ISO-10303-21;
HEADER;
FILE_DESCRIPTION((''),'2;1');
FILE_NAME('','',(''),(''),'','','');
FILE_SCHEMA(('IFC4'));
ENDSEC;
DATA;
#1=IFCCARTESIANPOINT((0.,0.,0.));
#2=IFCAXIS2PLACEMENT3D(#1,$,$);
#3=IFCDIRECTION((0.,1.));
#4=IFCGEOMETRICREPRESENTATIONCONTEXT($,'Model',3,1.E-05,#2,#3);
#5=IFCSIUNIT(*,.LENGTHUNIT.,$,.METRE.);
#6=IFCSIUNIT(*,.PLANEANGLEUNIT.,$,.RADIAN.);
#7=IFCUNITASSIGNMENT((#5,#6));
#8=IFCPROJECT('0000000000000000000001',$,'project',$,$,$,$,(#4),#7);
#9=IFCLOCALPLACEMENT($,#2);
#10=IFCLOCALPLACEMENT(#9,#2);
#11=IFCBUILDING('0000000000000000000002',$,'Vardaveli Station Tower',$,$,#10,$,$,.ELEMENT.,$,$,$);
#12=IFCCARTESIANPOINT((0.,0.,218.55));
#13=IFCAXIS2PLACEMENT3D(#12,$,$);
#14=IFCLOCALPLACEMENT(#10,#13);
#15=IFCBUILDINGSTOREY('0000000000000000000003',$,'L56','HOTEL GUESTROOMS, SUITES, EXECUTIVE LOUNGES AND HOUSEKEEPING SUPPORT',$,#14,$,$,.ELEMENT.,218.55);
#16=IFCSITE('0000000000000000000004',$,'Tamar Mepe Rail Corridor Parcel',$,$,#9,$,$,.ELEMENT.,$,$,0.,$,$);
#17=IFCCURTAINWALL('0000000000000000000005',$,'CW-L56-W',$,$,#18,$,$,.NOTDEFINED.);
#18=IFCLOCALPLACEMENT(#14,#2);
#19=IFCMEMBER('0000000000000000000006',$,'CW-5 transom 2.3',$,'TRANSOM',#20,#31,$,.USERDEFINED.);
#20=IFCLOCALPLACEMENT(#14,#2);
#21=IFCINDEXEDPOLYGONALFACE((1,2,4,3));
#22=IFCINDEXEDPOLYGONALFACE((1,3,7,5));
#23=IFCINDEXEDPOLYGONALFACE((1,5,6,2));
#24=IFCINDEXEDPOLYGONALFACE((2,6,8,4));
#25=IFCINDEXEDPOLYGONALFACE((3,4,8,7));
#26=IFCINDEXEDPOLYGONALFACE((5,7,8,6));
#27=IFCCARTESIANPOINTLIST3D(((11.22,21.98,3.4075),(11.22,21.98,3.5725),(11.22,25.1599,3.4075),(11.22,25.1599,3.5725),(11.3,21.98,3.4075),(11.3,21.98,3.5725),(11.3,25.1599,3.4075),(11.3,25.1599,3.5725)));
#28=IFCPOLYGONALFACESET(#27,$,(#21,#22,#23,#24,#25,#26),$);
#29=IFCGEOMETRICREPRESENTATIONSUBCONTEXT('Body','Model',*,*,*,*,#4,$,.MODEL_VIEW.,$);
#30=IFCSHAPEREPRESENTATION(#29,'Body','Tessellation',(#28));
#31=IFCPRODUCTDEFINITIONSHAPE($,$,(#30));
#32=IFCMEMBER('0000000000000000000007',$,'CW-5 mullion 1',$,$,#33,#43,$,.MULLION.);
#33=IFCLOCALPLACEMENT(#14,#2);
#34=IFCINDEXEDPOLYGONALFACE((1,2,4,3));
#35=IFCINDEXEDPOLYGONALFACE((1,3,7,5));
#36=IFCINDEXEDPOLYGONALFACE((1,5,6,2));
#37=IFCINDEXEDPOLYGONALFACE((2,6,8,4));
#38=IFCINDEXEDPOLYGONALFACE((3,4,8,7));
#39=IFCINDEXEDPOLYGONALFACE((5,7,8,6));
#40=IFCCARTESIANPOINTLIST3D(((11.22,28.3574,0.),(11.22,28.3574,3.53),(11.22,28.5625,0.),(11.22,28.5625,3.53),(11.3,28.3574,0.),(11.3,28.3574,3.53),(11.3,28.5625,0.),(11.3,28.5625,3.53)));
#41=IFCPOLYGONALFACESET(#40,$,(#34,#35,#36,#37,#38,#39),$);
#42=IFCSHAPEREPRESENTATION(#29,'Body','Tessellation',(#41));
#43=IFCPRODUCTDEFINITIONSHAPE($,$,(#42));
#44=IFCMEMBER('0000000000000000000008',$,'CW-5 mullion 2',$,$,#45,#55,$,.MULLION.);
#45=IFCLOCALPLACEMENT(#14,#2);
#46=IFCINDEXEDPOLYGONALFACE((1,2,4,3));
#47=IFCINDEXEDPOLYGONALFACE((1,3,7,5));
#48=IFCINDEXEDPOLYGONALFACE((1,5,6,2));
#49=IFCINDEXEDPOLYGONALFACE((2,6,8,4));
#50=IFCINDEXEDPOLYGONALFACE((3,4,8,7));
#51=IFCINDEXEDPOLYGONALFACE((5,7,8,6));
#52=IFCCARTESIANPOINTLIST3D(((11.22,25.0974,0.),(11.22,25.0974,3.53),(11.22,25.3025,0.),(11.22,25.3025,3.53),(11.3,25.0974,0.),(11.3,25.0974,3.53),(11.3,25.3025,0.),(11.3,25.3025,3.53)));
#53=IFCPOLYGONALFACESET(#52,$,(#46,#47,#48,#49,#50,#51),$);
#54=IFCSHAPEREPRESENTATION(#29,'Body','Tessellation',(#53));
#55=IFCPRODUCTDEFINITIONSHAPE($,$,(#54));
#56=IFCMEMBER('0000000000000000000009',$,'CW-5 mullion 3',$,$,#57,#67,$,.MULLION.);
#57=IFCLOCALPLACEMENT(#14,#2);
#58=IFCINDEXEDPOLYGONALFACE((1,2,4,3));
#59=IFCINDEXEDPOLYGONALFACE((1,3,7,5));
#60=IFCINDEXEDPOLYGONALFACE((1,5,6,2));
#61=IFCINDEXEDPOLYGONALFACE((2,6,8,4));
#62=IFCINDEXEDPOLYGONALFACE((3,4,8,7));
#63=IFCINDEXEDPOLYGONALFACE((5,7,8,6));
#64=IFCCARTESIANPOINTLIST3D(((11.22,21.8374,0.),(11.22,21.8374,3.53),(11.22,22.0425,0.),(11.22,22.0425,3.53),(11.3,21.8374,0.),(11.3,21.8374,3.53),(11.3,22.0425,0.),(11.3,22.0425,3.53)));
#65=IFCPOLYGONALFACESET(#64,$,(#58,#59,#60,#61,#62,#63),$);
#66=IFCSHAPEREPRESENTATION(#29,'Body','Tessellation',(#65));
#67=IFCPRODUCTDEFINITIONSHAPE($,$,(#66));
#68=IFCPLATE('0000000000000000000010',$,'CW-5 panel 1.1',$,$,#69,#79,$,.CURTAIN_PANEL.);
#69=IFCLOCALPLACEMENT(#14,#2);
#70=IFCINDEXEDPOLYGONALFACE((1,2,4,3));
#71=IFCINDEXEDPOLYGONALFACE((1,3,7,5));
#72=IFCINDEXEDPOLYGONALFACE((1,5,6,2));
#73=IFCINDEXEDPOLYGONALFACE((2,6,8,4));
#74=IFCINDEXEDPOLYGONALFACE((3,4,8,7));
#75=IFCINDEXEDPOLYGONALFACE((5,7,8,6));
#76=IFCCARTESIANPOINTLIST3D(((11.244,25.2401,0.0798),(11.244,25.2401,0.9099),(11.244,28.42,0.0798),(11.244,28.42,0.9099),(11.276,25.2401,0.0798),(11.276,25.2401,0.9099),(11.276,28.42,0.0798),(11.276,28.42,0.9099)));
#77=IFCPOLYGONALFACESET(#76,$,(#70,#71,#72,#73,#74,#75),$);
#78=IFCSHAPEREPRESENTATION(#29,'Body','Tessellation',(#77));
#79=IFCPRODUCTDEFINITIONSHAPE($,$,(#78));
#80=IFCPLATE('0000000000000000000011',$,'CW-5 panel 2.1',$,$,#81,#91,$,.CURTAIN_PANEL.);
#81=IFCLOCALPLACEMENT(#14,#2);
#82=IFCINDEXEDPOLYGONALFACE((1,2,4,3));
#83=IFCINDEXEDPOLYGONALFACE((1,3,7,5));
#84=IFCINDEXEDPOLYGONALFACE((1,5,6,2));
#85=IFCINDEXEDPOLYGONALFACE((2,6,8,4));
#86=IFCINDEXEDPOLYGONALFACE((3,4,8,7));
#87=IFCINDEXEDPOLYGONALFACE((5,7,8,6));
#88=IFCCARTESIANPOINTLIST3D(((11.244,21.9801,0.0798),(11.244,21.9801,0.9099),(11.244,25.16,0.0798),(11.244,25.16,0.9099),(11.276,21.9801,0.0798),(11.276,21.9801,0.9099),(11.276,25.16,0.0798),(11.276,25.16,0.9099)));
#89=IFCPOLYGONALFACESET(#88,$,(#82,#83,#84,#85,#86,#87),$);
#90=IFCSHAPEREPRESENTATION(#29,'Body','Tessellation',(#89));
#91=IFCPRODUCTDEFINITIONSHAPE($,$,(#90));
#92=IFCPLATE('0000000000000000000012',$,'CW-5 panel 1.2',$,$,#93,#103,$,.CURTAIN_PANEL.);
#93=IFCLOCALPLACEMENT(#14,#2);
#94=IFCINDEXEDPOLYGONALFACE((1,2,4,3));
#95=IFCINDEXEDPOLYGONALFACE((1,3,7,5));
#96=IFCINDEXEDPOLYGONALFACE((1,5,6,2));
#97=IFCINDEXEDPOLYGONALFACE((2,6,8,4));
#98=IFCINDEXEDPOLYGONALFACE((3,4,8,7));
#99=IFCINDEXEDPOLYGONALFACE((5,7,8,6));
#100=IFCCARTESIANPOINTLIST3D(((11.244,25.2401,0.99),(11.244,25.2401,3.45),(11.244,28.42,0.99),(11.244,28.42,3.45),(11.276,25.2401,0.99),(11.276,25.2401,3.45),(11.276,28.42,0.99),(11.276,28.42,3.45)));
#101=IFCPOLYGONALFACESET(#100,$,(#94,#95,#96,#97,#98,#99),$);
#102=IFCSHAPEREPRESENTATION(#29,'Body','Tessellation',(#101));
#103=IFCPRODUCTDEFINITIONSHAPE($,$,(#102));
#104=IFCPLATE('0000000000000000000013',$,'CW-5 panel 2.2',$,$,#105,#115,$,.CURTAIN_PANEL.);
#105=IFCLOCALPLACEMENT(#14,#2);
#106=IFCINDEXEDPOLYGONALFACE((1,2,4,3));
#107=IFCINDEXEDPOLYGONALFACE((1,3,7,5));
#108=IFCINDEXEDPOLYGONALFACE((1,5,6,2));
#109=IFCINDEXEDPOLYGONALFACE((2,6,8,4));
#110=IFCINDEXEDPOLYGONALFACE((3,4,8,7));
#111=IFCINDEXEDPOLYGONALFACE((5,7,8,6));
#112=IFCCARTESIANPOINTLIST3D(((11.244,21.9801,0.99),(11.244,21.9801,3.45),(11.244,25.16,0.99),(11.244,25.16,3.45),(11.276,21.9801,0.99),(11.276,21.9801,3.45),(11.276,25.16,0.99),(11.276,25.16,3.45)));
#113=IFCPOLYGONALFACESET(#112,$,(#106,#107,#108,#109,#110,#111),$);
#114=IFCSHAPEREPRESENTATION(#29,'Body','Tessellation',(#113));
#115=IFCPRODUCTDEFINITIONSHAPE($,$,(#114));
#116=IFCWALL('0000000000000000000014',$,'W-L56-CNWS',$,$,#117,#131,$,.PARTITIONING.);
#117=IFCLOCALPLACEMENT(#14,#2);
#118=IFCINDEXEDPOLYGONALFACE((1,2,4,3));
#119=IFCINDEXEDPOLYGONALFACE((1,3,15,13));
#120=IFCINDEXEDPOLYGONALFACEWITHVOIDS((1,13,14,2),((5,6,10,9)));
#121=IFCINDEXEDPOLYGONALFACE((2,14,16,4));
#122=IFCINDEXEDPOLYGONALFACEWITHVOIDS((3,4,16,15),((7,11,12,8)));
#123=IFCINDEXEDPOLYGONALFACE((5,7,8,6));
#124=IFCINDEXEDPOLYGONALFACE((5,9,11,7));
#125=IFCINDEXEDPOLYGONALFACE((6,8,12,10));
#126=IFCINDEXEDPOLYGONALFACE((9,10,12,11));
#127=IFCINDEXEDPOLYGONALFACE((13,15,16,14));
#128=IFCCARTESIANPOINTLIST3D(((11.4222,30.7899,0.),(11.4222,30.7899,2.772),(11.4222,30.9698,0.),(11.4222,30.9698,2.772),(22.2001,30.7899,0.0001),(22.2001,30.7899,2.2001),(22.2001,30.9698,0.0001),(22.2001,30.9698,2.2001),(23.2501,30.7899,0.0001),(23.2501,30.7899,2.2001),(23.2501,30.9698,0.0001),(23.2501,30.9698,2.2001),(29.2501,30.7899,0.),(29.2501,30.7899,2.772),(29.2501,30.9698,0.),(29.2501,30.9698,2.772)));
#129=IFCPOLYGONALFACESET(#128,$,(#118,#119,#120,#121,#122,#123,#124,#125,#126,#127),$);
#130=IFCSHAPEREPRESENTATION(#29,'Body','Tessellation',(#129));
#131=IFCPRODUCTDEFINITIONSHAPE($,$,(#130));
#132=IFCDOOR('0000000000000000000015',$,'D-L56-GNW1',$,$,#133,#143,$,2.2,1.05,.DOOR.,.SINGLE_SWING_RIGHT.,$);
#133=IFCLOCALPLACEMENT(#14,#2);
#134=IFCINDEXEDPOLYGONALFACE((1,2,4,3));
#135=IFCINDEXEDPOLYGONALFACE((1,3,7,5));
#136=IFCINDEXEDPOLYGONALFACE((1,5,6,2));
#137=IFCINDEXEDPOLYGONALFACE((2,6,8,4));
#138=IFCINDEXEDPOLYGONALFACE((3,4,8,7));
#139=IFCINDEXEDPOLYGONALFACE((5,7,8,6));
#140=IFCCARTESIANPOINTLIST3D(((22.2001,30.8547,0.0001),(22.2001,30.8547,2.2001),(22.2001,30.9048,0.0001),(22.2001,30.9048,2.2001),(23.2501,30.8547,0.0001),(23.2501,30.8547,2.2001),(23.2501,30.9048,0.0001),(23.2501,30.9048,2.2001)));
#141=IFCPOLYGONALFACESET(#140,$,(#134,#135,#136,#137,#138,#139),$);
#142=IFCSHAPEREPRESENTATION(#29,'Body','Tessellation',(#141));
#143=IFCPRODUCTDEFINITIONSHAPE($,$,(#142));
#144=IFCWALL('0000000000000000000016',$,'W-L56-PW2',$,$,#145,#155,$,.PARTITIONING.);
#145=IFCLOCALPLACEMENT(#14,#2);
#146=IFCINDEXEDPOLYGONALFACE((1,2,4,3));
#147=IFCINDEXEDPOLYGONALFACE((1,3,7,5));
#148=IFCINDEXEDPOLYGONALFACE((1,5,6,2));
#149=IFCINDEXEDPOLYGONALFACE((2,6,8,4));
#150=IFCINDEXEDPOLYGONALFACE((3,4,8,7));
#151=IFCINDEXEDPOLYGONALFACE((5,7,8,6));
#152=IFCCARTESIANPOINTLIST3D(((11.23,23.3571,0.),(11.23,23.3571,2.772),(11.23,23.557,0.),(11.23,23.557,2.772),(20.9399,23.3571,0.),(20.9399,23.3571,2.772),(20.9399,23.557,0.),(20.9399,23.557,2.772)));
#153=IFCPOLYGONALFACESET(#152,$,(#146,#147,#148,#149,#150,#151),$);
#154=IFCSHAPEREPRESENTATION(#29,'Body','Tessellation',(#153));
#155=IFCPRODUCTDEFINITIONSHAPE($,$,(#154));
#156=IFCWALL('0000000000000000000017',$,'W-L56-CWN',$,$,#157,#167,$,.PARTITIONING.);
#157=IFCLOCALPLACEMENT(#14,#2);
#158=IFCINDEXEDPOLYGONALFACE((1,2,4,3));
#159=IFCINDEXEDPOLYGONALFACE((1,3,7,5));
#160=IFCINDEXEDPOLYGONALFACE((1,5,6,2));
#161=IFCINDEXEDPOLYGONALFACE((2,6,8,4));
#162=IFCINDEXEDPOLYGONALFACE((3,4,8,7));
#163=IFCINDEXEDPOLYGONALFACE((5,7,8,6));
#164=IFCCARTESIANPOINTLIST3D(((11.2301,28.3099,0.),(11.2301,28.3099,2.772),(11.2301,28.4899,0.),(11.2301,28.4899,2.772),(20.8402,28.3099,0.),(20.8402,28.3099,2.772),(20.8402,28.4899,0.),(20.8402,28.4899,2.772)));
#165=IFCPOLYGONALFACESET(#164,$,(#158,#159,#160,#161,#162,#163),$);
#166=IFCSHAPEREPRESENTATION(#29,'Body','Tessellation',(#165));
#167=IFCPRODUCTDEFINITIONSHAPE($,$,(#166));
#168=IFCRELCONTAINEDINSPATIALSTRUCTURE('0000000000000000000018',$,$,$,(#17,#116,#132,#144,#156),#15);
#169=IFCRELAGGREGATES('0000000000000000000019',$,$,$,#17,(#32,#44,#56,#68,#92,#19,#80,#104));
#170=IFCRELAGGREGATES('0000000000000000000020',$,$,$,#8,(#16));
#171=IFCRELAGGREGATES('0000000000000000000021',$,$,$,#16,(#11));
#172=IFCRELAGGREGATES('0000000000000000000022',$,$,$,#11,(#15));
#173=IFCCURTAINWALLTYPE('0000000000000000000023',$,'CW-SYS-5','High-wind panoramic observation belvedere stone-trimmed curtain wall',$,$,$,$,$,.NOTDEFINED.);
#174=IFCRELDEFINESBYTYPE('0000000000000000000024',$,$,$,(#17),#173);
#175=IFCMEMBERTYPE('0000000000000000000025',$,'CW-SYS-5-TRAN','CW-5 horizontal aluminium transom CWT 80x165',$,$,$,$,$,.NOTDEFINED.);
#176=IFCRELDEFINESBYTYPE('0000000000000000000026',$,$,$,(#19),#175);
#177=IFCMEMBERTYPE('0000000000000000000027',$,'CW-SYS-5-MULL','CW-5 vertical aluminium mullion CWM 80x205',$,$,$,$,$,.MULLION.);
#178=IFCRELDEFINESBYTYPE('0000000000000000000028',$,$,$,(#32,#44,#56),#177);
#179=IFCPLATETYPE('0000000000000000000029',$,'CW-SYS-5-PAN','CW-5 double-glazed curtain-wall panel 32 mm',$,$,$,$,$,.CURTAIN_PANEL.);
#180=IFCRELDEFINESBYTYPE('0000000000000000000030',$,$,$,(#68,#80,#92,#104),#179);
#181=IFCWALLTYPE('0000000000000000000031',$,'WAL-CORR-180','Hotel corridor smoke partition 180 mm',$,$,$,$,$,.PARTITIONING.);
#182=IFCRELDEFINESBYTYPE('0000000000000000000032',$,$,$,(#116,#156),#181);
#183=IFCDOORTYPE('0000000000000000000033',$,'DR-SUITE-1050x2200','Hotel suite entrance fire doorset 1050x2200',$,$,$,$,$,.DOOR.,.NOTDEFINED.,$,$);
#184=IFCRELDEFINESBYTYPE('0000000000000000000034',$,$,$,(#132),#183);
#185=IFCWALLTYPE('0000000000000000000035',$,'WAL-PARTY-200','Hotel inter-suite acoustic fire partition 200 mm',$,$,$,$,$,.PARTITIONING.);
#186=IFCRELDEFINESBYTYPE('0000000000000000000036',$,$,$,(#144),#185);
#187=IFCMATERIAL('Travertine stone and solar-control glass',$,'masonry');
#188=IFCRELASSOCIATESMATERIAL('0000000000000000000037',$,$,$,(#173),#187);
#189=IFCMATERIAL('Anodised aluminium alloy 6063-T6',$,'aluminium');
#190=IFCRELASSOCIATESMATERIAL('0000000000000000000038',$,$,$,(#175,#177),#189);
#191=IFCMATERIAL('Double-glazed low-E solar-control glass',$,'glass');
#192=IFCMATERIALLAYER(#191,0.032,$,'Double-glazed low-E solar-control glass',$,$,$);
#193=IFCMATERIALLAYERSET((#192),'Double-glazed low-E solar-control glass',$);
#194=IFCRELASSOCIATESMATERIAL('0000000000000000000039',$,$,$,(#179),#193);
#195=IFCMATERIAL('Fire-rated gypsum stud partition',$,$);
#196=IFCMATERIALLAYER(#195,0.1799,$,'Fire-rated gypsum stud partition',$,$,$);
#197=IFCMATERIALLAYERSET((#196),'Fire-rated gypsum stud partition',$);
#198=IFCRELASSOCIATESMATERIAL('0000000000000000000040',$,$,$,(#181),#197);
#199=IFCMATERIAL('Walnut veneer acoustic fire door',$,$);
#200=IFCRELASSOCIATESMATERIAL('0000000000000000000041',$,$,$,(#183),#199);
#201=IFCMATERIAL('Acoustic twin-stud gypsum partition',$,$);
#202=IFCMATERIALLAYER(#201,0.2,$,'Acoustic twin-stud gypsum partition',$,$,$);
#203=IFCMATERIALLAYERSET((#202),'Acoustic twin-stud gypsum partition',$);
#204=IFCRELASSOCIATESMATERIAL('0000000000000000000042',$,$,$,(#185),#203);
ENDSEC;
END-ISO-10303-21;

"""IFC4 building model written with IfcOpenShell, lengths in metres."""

from ifc_helpers import new_model, si_unit, direction, frame, frame_2d, origin, origin_2d, place, context, subcontext, project, spatial, rectangle, extrude, source, transform, mapped, material, layer, layer_set, material_profile, profile_set, type_object, element, fill, aggregate, save


model = new_model("IFC4")

# Units and contexts
model_context = context("Model", 3, precision=1e-05, world=origin(), true_north=direction((0.0, 1.0)))
body_context = subcontext(model_context, "Body", "Model", "MODEL_VIEW")
ifc_project = project(units=[si_unit("LENGTHUNIT", "METRE"), si_unit("PLANEANGLEUNIT", "RADIAN")], contexts=[model_context])

# Site, building, storey
site_placement = place(None, origin())
site = spatial("IfcSite", under=ifc_project, at=site_placement, Name="Tamar Mepe Rail Corridor Parcel", CompositionType="ELEMENT", RefElevation=0.0)
building_placement = place(site_placement, origin())
building = spatial("IfcBuilding", under=site, at=building_placement, Name="Vardaveli Station Tower", CompositionType="ELEMENT")
storey_placement = place(building_placement, frame((0.0, 0.0, 218.55)))
storey = spatial("IfcBuildingStorey", under=building, at=storey_placement, Name="L56", Description="HOTEL GUESTROOMS, SUITES, EXECUTIVE LOUNGES AND HOUSEKEEPING SUPPORT", CompositionType="ELEMENT", Elevation=218.55)

# Curtain wall, members, plates
ifc_material_1 = material(Name="Travertine stone and solar-control glass", Category="masonry")
curtain_wall_type = type_object("IfcCurtainWallType", Name="CW-SYS-5", Description="High-wind panoramic observation belvedere stone-trimmed curtain wall", PredefinedType="NOTDEFINED", material=ifc_material_1)
curtain_wall_placement = place(storey_placement, origin())
curtain_wall = element("IfcCurtainWall", 1, at=curtain_wall_placement, inside=storey, type_object=curtain_wall_type, Name="CW-L56-W", PredefinedType="NOTDEFINED")
ifc_material_2 = material(Name="Anodised aluminium alloy 6063-T6", Category="aluminium")
ifc_material_profile_1 = material_profile(ifc_material_2, rectangle(XDim=0.0801, YDim=0.165, at=origin_2d()), Name="CWT 80x165")
ifc_profile_set_1 = profile_set([ifc_material_profile_1], Name="Anodised aluminium alloy 6063-T6")
member_type_1 = type_object("IfcMemberType", Name="CW-SYS-5-TRAN", Description="CW-5 horizontal aluminium transom CWT 80x165", PredefinedType="NOTDEFINED", material=ifc_profile_set_1)
shared_shape_1 = source(origin(), body_context, "Body", "SweptSolid", [
    extrude(rectangle(XDim=0.0801, YDim=0.165, at=origin_2d()), origin(), (0.0, 0.0, 1.0), 3.1799),
])
member_1_placement = place(storey_placement, frame((11.26, 25.1599, 3.49), z_axis=(0.0, -1.0, 0.0), x_axis=(1.0, 0.0, 0.0)))
member_1 = element("IfcMember", 2, at=member_1_placement, type_object=member_type_1, Name="CW-5 transom 2.3", ObjectType="TRANSOM", PredefinedType="USERDEFINED", context=body_context, shape_type="MappedRepresentation", body=[
    mapped(shared_shape_1, transform((0.0, 0.0, 0.0), scale=1.0)),
])
ifc_material_profile_2 = material_profile(ifc_material_2, rectangle(XDim=0.0801, YDim=0.2051, at=origin_2d()), Name="CWM 80x205")
ifc_profile_set_2 = profile_set([ifc_material_profile_2], Name="Anodised aluminium alloy 6063-T6")
member_type_2 = type_object("IfcMemberType", Name="CW-SYS-5-MULL", Description="CW-5 vertical aluminium mullion CWM 80x205", PredefinedType="MULLION", material=ifc_profile_set_2)
shared_shape_2 = source(origin(), body_context, "Body", "SweptSolid", [
    extrude(rectangle(XDim=0.0801, YDim=0.2051, at=origin_2d()), origin(), (0.0, 0.0, 1.0), 3.53),
])
member_2_placement = place(storey_placement, frame((11.26, 28.46, 0.0), z_axis=(0.0, 0.0, 1.0), x_axis=(1.0, 0.0, 0.0)))
member_2 = element("IfcMember", 3, at=member_2_placement, type_object=member_type_2, Name="CW-5 mullion 1", PredefinedType="MULLION", context=body_context, shape_type="MappedRepresentation", body=[
    mapped(shared_shape_2, transform((0.0, 0.0, 0.0), scale=1.0)),
])
member_3_placement = place(storey_placement, frame((11.26, 25.2, 0.0), z_axis=(0.0, 0.0, 1.0), x_axis=(1.0, 0.0, 0.0)))
member_3 = element("IfcMember", 4, at=member_3_placement, type_object=member_type_2, Name="CW-5 mullion 2", PredefinedType="MULLION", context=body_context, shape_type="MappedRepresentation", body=[
    mapped(shared_shape_2, transform((0.0, 0.0, 0.0), scale=1.0)),
])
member_4_placement = place(storey_placement, frame((11.26, 21.9399, 0.0), z_axis=(0.0, 0.0, 1.0), x_axis=(1.0, 0.0, 0.0)))
member_4 = element("IfcMember", 5, at=member_4_placement, type_object=member_type_2, Name="CW-5 mullion 3", PredefinedType="MULLION", context=body_context, shape_type="MappedRepresentation", body=[
    mapped(shared_shape_2, transform((0.0, 0.0, 0.0), scale=1.0)),
])
ifc_material_3 = material(Name="Double-glazed low-E solar-control glass", Category="glass")
ifc_layer_1 = layer(ifc_material_3, 0.032, Name="Double-glazed low-E solar-control glass")
ifc_layer_set_1 = layer_set([ifc_layer_1], Name="Double-glazed low-E solar-control glass")
plate_type = type_object("IfcPlateType", Name="CW-SYS-5-PAN", Description="CW-5 double-glazed curtain-wall panel 32 mm", PredefinedType="CURTAIN_PANEL", material=ifc_layer_set_1)
shared_shape_3 = source(origin(), body_context, "Body", "SweptSolid", [
    extrude(rectangle(XDim=3.1799, YDim=0.032, at=origin_2d()), origin(), (0.0, 0.0, 1.0), 0.8301),
])
plate_1_placement = place(storey_placement, frame((11.26, 26.8301, 0.0798), z_axis=(0.0, 0.0, 1.0), x_axis=(0.0, -1.0, 0.0)))
plate_1 = element("IfcPlate", 6, at=plate_1_placement, type_object=plate_type, Name="CW-5 panel 1.1", PredefinedType="CURTAIN_PANEL", context=body_context, shape_type="MappedRepresentation", body=[
    mapped(shared_shape_3, transform((0.0, 0.0, 0.0), scale=1.0)),
])
plate_2_placement = place(storey_placement, frame((11.26, 23.5701, 0.0798), z_axis=(0.0, 0.0, 1.0), x_axis=(0.0, -1.0, 0.0)))
plate_2 = element("IfcPlate", 7, at=plate_2_placement, type_object=plate_type, Name="CW-5 panel 2.1", PredefinedType="CURTAIN_PANEL", context=body_context, shape_type="MappedRepresentation", body=[
    mapped(shared_shape_3, transform((0.0, 0.0, 0.0), scale=1.0)),
])
shared_shape_4 = source(origin(), body_context, "Body", "SweptSolid", [
    extrude(rectangle(XDim=3.1799, YDim=0.032, at=origin_2d()), origin(), (0.0, 0.0, 1.0), 2.46),
])
plate_3_placement = place(storey_placement, frame((11.26, 26.8301, 0.99), z_axis=(0.0, 0.0, 1.0), x_axis=(0.0, -1.0, 0.0)))
plate_3 = element("IfcPlate", 8, at=plate_3_placement, type_object=plate_type, Name="CW-5 panel 1.2", PredefinedType="CURTAIN_PANEL", context=body_context, shape_type="MappedRepresentation", body=[
    mapped(shared_shape_4, transform((0.0, 0.0, 0.0), scale=1.0)),
])
plate_4_placement = place(storey_placement, frame((11.26, 23.5701, 0.99), z_axis=(0.0, 0.0, 1.0), x_axis=(0.0, -1.0, 0.0)))
plate_4 = element("IfcPlate", 9, at=plate_4_placement, type_object=plate_type, Name="CW-5 panel 2.2", PredefinedType="CURTAIN_PANEL", context=body_context, shape_type="MappedRepresentation", body=[
    mapped(shared_shape_4, transform((0.0, 0.0, 0.0), scale=1.0)),
])
aggregate(curtain_wall, [member_2, member_3, member_4, plate_1, plate_3, member_1, plate_2, plate_4])

# Wall, opening, door
ifc_material_4 = material(Name="Fire-rated gypsum stud partition")
ifc_layer_2 = layer(ifc_material_4, 0.1799, Name="Fire-rated gypsum stud partition")
ifc_layer_set_2 = layer_set([ifc_layer_2], Name="Fire-rated gypsum stud partition")
wall_type_1 = type_object("IfcWallType", Name="WAL-CORR-180", Description="Hotel corridor smoke partition 180 mm", PredefinedType="PARTITIONING", material=ifc_layer_set_2)
shared_shape_5 = source(origin(), body_context, "Body", "SweptSolid", [
    extrude(rectangle(XDim=17.8279, YDim=0.1799, at=frame_2d((8.9141, 0.0))), origin(), (0.0, 0.0, 1.0), 2.772),
])
wall_1_placement = place(storey_placement, frame((11.4221, 30.8799, 0.0), z_axis=(0.0, 0.0, 1.0), x_axis=(1.0, 0.0, 0.0)))
wall_1 = element("IfcWall", 10, at=wall_1_placement, inside=storey, type_object=wall_type_1, Name="W-L56-CNWS", PredefinedType="PARTITIONING", context=body_context, shape_type="MappedRepresentation", body=[
    mapped(shared_shape_5, transform((0.0, 0.0, 0.0), scale=1.0)),
])
shared_shape_6 = source(origin(), body_context, "Body", "SweptSolid", [
    extrude(rectangle(XDim=1.05, YDim=2.2, at=frame_2d((0.5249, 1.1001))), frame((0.0, 0.1001, 0.0), z_axis=(0.0, -1.0, 0.0), x_axis=(1.0, 0.0, 0.0)), (0.0, 0.0, 1.0), 0.2),
])
opening_placement = place(wall_1_placement, frame((10.7781, 0.0, 0.0)))
opening = element("IfcOpeningElement", 11, at=opening_placement, cuts=wall_1, PredefinedType="OPENING", context=body_context, shape_type="MappedRepresentation", body=[
    mapped(shared_shape_6, transform((0.0, 0.0, 0.0), scale=1.0)),
])
ifc_material_5 = material(Name="Walnut veneer acoustic fire door")
door_type = type_object("IfcDoorType", Name="DR-SUITE-1050x2200", Description="Hotel suite entrance fire doorset 1050x2200", OperationType="NOTDEFINED", PredefinedType="DOOR", material=ifc_material_5)
shared_shape_7 = source(origin(), body_context, "Body", "SweptSolid", [
    extrude(rectangle(XDim=1.05, YDim=2.2, at=frame_2d((0.5249, 1.1001))), frame((0.0, 0.0249, 0.0), z_axis=(0.0, -1.0, 0.0), x_axis=(1.0, 0.0, 0.0)), (0.0, 0.0, 1.0), 0.05),
])
door_placement = place(opening_placement, origin())
door = element("IfcDoor", 12, at=door_placement, inside=storey, type_object=door_type, Name="D-L56-GNW1", OperationType="SINGLE_SWING_RIGHT", OverallHeight=2.2, OverallWidth=1.05, PredefinedType="DOOR", context=body_context, shape_type="MappedRepresentation", body=[
    mapped(shared_shape_7, transform((0.0, 0.0, 0.0), scale=1.0)),
])
fill(opening, door)

# Walls
ifc_material_6 = material(Name="Acoustic twin-stud gypsum partition")
ifc_layer_3 = layer(ifc_material_6, 0.2, Name="Acoustic twin-stud gypsum partition")
ifc_layer_set_3 = layer_set([ifc_layer_3], Name="Acoustic twin-stud gypsum partition")
wall_type_2 = type_object("IfcWallType", Name="WAL-PARTY-200", Description="Hotel inter-suite acoustic fire partition 200 mm", PredefinedType="PARTITIONING", material=ifc_layer_set_3)
shared_shape_8 = source(origin(), body_context, "Body", "SweptSolid", [
    extrude(rectangle(XDim=9.71, YDim=0.2, at=frame_2d((4.855, 0.0))), origin(), (0.0, 0.0, 1.0), 2.772),
])
wall_2_placement = place(storey_placement, frame((11.23, 23.457, 0.0), z_axis=(0.0, 0.0, 1.0), x_axis=(1.0, 0.0, 0.0)))
element("IfcWall", 13, at=wall_2_placement, inside=storey, type_object=wall_type_2, Name="W-L56-PW2", PredefinedType="PARTITIONING", context=body_context, shape_type="MappedRepresentation", body=[
    mapped(shared_shape_8, transform((0.0, 0.0, 0.0), scale=1.0)),
])
shared_shape_9 = source(origin(), body_context, "Body", "SweptSolid", [
    extrude(rectangle(XDim=9.6101, YDim=0.1799, at=frame_2d((4.8052, 0.0))), origin(), (0.0, 0.0, 1.0), 2.772),
])
wall_3_placement = place(storey_placement, frame((11.23, 28.3999, 0.0), z_axis=(0.0, 0.0, 1.0), x_axis=(1.0, 0.0, 0.0)))
element("IfcWall", 14, at=wall_3_placement, inside=storey, type_object=wall_type_1, Name="W-L56-CWN", PredefinedType="PARTITIONING", context=body_context, shape_type="MappedRepresentation", body=[
    mapped(shared_shape_9, transform((0.0, 0.0, 0.0), scale=1.0)),
])

save(model, "model.ifc")
